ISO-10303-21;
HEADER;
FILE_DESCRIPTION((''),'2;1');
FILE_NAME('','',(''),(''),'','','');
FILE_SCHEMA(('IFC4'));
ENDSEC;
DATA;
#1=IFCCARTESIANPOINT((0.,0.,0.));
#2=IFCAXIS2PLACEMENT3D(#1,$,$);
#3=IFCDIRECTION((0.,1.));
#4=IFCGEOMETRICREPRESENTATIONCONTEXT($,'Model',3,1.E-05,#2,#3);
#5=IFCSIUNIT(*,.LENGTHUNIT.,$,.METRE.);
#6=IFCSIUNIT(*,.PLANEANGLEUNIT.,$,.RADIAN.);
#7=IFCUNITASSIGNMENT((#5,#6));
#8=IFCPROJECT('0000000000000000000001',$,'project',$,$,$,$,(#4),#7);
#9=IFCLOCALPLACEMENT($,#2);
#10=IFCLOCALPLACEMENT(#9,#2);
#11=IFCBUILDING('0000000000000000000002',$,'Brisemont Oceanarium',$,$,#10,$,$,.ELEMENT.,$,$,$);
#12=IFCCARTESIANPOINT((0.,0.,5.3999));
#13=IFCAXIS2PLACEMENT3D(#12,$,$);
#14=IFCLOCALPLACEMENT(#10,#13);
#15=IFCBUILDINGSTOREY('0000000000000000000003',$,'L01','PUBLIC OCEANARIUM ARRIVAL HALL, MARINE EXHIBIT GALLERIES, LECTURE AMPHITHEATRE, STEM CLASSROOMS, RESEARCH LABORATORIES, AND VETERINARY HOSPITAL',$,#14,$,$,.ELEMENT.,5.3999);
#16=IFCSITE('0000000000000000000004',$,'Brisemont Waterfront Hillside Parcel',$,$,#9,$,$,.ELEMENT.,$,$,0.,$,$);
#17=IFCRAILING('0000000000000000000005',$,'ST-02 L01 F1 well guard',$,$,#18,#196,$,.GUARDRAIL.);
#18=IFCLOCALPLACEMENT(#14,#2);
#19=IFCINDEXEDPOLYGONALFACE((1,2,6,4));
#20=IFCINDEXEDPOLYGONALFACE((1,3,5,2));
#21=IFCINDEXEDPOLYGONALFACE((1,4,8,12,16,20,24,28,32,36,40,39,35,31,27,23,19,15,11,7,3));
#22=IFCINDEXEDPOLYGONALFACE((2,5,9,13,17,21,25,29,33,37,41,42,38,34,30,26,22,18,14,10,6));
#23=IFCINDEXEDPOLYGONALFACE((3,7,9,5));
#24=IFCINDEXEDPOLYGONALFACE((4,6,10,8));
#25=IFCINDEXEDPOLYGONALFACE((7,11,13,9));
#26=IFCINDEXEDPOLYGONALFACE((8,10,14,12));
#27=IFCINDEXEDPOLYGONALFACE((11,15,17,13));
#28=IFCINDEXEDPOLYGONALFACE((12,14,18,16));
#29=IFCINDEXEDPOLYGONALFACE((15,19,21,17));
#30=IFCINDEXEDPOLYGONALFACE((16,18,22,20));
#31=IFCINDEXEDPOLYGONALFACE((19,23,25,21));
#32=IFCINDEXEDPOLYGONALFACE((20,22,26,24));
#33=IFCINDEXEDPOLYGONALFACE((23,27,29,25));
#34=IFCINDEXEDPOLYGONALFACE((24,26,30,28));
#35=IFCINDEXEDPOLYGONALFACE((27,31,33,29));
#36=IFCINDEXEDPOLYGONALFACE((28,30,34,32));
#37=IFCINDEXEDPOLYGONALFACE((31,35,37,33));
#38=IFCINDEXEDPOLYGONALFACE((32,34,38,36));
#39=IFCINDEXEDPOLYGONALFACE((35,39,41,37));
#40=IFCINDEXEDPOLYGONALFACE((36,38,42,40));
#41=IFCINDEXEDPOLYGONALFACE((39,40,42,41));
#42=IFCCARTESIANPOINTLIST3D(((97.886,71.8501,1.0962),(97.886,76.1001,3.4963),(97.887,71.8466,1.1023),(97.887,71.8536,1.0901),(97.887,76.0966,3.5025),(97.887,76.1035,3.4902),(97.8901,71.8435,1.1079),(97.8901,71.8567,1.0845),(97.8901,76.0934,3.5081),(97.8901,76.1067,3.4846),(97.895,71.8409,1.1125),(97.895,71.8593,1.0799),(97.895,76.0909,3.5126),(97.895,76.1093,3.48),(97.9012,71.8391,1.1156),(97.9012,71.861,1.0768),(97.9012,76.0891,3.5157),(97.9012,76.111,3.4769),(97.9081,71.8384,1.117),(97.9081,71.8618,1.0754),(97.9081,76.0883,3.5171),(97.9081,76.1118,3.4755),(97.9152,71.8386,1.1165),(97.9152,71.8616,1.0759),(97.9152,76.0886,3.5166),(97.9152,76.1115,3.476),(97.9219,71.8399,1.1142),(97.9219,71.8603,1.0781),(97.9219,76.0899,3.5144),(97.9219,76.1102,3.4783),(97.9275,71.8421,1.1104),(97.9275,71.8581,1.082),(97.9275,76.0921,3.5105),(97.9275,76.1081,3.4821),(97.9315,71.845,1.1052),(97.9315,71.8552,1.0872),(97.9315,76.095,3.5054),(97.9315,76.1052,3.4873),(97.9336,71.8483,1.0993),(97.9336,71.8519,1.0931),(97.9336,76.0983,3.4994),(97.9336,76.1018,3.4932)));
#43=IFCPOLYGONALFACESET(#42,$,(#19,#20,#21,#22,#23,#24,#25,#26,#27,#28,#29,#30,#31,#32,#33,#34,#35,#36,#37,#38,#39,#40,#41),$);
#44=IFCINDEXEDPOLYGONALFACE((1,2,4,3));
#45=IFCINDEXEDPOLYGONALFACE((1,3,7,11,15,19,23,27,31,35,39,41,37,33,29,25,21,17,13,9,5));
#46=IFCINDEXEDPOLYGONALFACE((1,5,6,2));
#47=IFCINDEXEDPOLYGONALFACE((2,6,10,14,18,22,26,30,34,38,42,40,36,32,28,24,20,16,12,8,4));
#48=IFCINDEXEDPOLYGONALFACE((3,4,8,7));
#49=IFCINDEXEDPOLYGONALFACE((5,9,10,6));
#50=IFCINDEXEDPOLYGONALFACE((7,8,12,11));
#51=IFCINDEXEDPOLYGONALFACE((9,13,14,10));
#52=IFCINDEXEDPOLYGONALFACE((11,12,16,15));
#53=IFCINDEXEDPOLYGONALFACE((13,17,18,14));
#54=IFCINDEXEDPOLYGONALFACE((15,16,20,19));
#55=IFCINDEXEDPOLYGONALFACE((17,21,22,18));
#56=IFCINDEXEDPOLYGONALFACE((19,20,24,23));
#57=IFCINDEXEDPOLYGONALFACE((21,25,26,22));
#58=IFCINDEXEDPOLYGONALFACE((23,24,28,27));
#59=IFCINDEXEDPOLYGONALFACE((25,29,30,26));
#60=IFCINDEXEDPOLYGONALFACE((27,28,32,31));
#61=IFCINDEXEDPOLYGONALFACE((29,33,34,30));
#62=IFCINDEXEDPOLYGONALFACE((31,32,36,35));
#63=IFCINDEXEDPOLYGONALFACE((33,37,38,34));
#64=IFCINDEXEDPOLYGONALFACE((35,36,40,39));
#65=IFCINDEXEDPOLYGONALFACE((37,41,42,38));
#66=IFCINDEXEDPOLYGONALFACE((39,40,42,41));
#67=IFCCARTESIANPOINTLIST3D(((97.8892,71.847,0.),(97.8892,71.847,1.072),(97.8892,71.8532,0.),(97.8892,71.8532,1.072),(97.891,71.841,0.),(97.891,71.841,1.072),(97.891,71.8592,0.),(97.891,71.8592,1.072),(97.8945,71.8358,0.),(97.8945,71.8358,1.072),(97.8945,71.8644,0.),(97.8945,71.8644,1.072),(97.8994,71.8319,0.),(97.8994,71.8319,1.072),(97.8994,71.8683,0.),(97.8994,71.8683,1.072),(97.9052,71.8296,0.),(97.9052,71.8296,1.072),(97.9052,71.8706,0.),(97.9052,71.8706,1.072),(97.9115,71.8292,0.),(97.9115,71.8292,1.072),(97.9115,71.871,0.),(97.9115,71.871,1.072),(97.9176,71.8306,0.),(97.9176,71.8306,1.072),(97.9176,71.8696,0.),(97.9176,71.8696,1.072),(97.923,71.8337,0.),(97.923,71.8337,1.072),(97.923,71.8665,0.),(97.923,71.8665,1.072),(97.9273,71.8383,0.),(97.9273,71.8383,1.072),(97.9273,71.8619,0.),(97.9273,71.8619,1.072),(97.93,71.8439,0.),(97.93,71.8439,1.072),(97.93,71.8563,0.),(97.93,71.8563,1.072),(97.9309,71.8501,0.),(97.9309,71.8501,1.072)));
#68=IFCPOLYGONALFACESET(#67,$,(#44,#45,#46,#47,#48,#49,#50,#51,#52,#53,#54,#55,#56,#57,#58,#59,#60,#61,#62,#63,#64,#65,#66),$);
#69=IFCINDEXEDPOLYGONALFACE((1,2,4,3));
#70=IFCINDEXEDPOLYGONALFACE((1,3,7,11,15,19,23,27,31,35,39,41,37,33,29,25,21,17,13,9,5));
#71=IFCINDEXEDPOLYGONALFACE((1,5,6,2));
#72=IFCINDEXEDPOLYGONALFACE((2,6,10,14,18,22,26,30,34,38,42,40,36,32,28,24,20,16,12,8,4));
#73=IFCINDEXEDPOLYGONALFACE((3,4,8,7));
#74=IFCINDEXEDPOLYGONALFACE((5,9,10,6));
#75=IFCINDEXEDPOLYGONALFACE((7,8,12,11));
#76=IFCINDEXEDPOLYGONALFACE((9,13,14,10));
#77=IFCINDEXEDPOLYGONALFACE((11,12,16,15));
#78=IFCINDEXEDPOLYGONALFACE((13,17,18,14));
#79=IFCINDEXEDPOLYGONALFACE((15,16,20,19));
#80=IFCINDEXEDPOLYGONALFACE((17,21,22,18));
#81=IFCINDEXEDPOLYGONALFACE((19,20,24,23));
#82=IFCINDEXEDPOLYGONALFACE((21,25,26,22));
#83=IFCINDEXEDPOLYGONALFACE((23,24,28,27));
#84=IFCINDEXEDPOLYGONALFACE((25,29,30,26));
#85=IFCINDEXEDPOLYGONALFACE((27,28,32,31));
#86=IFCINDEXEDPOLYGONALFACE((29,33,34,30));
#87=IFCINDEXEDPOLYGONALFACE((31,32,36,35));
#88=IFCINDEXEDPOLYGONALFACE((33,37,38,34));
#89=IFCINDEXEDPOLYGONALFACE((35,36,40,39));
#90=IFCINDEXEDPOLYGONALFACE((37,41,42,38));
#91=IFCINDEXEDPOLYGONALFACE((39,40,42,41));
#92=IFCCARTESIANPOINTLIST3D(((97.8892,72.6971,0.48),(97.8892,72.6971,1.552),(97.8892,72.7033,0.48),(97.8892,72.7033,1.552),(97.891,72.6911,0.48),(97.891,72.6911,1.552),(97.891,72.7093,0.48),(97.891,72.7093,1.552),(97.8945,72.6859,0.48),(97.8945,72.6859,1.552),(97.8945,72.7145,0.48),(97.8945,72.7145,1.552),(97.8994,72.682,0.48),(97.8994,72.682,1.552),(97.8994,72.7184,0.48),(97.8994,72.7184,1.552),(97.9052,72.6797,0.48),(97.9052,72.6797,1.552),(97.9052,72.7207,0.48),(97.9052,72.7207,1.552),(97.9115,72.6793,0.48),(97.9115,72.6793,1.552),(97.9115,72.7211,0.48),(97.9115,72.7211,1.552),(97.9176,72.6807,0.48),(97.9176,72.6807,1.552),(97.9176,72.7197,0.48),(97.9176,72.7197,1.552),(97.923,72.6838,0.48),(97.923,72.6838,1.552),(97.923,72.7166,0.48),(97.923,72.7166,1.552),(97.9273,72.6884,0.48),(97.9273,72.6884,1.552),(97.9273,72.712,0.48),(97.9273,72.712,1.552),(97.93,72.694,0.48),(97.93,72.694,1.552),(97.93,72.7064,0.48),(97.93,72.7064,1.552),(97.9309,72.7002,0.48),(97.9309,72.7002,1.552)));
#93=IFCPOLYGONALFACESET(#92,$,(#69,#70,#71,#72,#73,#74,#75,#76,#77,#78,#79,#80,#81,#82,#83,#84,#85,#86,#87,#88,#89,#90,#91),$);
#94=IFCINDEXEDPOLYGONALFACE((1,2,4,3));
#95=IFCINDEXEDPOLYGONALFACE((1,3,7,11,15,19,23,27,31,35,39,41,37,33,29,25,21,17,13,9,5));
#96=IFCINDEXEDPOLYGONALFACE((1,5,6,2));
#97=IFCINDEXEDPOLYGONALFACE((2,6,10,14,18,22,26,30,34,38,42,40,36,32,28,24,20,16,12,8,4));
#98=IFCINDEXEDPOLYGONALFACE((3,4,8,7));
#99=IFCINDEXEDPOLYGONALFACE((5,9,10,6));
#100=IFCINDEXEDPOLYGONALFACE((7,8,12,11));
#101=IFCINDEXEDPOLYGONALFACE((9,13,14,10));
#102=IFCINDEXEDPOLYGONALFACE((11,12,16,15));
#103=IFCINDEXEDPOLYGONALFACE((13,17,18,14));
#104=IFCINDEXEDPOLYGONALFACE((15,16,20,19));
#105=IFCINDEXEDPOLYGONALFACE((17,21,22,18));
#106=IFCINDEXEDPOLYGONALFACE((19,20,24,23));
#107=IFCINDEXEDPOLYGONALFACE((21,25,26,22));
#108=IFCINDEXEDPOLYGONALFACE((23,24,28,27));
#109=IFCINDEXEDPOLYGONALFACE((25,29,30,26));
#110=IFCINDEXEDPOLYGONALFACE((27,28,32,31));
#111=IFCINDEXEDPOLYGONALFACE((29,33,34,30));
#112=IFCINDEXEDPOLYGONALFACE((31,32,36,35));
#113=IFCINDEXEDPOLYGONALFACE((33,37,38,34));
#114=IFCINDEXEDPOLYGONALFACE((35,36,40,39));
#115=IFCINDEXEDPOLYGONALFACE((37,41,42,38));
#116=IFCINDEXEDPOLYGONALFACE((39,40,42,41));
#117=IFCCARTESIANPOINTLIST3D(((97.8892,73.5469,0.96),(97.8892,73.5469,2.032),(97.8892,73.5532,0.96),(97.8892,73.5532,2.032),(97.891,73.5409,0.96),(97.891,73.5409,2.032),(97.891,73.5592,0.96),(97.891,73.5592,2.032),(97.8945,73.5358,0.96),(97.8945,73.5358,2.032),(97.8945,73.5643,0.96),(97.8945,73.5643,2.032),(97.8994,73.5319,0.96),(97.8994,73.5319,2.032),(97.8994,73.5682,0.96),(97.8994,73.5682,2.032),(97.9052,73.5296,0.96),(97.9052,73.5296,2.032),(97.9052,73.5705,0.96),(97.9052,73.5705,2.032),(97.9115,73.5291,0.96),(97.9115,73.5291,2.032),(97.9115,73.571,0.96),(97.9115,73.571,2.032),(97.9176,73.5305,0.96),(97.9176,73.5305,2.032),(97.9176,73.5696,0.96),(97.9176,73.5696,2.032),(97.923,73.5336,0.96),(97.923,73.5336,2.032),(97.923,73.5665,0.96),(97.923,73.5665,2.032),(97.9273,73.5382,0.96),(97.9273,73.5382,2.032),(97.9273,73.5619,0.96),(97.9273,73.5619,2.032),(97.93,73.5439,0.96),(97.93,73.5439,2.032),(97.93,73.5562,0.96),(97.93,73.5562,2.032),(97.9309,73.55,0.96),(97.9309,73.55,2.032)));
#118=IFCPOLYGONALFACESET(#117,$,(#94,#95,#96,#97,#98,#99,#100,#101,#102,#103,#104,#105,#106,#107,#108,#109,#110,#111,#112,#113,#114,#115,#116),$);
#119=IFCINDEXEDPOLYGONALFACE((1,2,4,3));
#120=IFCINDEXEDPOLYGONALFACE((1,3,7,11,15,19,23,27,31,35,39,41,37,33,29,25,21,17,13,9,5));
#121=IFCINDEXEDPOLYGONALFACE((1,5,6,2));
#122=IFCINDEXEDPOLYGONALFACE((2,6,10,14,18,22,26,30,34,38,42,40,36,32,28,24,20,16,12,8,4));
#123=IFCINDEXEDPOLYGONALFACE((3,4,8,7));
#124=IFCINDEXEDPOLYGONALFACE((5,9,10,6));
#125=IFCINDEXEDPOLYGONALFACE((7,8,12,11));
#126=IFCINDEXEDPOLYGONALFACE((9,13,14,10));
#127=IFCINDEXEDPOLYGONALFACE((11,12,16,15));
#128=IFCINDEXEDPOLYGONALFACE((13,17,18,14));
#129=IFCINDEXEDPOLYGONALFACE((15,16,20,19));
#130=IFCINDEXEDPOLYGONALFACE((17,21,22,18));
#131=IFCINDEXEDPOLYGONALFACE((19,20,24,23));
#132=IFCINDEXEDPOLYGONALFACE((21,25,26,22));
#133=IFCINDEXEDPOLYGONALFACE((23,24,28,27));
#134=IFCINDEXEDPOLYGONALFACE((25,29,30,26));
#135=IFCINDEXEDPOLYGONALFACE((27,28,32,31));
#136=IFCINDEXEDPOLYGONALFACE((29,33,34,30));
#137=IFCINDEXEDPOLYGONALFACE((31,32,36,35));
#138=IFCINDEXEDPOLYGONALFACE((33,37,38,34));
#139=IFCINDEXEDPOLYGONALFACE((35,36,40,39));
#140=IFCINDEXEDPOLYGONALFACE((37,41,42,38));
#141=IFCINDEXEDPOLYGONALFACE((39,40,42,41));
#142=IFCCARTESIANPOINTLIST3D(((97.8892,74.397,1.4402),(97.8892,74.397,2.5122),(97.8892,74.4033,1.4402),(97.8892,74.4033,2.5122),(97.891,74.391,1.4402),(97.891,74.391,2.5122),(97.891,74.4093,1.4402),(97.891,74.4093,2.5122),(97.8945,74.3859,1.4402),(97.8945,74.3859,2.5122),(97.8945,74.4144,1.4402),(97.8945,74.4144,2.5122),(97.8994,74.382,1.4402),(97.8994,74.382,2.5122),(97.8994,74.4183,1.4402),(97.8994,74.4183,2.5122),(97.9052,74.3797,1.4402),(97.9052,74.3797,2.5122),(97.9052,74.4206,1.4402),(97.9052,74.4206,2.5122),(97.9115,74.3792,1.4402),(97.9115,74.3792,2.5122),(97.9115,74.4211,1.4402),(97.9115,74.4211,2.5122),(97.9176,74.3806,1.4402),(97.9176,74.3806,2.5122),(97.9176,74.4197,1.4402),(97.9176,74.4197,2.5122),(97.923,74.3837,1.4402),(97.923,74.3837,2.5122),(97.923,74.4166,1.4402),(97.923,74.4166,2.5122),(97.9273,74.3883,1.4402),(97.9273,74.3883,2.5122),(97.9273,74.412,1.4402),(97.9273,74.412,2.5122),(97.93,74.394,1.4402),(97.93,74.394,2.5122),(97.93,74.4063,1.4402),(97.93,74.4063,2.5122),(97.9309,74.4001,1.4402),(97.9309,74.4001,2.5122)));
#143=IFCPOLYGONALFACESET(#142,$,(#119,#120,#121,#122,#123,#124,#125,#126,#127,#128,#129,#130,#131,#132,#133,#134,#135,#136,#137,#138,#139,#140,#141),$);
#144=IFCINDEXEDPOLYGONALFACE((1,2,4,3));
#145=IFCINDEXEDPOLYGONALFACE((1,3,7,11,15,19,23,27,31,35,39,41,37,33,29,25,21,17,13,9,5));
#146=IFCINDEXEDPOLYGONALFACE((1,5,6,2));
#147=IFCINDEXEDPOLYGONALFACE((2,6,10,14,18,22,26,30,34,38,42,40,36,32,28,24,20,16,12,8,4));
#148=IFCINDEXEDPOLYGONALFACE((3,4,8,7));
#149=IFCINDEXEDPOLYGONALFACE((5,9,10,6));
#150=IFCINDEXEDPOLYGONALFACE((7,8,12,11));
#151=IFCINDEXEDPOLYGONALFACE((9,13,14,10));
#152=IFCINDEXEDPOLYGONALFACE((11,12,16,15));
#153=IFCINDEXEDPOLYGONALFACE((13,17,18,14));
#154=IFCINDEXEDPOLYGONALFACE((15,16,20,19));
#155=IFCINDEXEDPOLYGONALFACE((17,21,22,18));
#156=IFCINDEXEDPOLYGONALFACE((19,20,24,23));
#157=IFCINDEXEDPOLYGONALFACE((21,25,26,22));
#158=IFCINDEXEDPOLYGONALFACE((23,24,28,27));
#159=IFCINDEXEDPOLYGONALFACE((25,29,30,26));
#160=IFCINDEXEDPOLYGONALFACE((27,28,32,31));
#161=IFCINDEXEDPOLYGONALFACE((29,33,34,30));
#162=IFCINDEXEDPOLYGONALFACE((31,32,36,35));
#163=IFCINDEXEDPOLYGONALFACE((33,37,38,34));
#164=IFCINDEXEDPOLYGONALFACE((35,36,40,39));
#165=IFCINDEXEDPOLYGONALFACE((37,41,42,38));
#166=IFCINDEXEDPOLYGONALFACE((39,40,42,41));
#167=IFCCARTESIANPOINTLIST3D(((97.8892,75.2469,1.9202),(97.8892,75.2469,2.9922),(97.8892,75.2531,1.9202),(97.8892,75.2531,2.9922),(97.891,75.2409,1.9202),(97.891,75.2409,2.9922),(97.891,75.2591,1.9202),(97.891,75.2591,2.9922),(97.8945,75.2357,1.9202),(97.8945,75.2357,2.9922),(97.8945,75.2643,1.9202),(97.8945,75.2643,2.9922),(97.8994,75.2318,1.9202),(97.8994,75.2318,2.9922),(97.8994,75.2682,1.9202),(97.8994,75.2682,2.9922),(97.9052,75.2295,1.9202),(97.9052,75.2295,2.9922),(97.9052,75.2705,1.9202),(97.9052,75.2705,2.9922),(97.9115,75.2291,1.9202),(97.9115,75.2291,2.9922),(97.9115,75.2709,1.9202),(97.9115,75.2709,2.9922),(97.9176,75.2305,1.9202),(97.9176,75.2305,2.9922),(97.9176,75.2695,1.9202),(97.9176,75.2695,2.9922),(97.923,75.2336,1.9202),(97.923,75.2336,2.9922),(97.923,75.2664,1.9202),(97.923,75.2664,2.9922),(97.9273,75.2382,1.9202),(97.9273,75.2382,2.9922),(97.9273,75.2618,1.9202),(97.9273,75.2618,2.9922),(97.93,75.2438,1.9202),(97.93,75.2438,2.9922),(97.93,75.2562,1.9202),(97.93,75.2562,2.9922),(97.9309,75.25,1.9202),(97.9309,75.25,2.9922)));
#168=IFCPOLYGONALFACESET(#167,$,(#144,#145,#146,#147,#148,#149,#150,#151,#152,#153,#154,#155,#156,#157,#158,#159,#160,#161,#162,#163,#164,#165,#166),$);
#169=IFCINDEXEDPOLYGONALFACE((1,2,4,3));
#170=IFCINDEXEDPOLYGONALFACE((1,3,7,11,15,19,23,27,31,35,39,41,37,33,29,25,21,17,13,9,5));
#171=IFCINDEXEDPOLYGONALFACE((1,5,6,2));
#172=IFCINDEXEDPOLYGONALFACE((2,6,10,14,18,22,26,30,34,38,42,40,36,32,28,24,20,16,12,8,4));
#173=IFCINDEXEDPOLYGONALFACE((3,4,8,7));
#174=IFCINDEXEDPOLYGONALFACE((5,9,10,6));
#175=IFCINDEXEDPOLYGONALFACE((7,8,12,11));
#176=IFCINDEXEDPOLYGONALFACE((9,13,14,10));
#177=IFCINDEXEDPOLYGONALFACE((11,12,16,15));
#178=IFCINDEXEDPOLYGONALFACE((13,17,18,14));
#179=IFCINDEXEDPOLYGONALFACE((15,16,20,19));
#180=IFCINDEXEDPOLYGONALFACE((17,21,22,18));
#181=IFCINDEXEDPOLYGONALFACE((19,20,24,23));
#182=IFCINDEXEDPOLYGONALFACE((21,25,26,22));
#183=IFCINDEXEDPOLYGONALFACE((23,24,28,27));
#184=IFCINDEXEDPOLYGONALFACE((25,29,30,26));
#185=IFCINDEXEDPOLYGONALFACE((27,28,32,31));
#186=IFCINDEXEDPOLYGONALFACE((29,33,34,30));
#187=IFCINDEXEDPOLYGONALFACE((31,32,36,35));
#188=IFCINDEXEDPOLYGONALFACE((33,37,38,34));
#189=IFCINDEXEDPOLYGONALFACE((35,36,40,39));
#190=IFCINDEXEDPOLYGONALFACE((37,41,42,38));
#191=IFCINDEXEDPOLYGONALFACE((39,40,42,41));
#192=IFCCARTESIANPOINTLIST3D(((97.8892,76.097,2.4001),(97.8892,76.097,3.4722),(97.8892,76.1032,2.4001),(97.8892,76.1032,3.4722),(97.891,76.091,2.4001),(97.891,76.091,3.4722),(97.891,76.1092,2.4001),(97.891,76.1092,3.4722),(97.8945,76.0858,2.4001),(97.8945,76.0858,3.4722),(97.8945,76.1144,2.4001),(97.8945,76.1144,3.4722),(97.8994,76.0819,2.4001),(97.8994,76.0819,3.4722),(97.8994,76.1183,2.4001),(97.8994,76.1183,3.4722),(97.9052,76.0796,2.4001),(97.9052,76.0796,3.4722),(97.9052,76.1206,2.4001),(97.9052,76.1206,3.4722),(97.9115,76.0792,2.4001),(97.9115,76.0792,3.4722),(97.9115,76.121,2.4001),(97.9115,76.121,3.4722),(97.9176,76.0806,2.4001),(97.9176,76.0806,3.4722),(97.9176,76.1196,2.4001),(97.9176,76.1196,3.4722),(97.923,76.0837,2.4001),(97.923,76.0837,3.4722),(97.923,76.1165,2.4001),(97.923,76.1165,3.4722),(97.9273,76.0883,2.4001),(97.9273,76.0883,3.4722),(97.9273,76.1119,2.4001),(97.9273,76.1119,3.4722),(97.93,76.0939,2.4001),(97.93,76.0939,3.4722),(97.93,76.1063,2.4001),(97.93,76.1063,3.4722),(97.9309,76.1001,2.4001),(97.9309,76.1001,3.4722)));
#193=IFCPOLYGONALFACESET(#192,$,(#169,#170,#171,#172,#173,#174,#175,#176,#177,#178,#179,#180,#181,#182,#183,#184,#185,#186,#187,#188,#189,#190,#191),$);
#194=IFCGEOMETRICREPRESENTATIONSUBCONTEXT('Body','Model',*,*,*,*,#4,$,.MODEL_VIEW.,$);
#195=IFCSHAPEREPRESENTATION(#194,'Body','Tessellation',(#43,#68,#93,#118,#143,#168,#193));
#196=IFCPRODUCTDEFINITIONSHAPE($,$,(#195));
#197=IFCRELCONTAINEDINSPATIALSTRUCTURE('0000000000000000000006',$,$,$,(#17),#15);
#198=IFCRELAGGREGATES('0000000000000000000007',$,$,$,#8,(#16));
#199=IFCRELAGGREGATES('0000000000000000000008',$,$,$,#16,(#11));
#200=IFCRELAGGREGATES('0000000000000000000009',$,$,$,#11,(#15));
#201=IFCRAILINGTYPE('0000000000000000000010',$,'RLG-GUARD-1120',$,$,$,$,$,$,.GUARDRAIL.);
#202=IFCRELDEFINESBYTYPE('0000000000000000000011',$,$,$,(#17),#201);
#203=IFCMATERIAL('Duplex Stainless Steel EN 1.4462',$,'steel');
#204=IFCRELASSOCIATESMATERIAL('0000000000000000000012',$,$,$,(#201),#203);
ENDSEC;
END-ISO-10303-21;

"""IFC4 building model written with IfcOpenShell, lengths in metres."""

from ifc_helpers import new_model, si_unit, direction, frame, origin, origin_2d, place, context, subcontext, project, spatial, circle, extrude, material, type_object, element, save


model = new_model("IFC4")

# Units and contexts
model_context = context("Model", 3, precision=1e-05, world=origin(), true_north=direction((0.0, 1.0)))
body_context = subcontext(model_context, "Body", "Model", "MODEL_VIEW")
ifc_project = project(units=[si_unit("LENGTHUNIT", "METRE"), si_unit("PLANEANGLEUNIT", "RADIAN")], contexts=[model_context])

# Site, building, storey
site_placement = place(None, origin())
site = spatial("IfcSite", under=ifc_project, at=site_placement, Name="Brisemont Waterfront Hillside Parcel", CompositionType="ELEMENT", RefElevation=0.0)
building_placement = place(site_placement, origin())
building = spatial("IfcBuilding", under=site, at=building_placement, Name="Brisemont Oceanarium", CompositionType="ELEMENT")
storey_placement = place(building_placement, frame((0.0, 0.0, 5.3999)))
storey = spatial("IfcBuildingStorey", under=building, at=storey_placement, Name="L01", Description="PUBLIC OCEANARIUM ARRIVAL HALL, MARINE EXHIBIT GALLERIES, LECTURE AMPHITHEATRE, STEM CLASSROOMS, RESEARCH LABORATORIES, AND VETERINARY HOSPITAL", CompositionType="ELEMENT", Elevation=5.3999)

# Railing
ifc_material_1 = material(Name="Duplex Stainless Steel EN 1.4462", Category="steel")
railing_type_1 = type_object("IfcRailingType", Name="RLG-GUARD-1120", PredefinedType="GUARDRAIL", material=ifc_material_1)
railing_1_placement = place(storey_placement, frame((97.9099, 71.8501, 0.0)))
element("IfcRailing", 1, at=railing_1_placement, inside=storey, type_object=railing_type_1, Name="ST-02 L01 F1 well guard", PredefinedType="GUARDRAIL", context=body_context, shape_type="SweptSolid", body=[
    extrude(circle(Radius=0.0239, at=origin_2d()), frame((0.0, 0.0, 1.0962), z_axis=(0.0, 0.870741, 0.491742), x_axis=(-1.0, 0.0, 0.0)), (0.0, 0.0, 1.0), 4.8809),
    extrude(circle(Radius=0.021, at=origin_2d()), origin(), (0.0, 0.0, 1.0), 1.072),
    extrude(circle(Radius=0.021, at=origin_2d()), frame((0.0, 0.8501, 0.48)), (0.0, 0.0, 1.0), 1.072),
    extrude(circle(Radius=0.021, at=origin_2d()), frame((0.0, 1.7, 0.96)), (0.0, 0.0, 1.0), 1.072),
    extrude(circle(Radius=0.021, at=origin_2d()), frame((0.0, 2.55, 1.4402)), (0.0, 0.0, 1.0), 1.072),
    extrude(circle(Radius=0.021, at=origin_2d()), frame((0.0, 3.3999, 1.9202)), (0.0, 0.0, 1.0), 1.072),
    extrude(circle(Radius=0.021, at=origin_2d()), frame((0.0, 4.25, 2.4001)), (0.0, 0.0, 1.0), 1.072),
])

save(model, "model.ifc")
